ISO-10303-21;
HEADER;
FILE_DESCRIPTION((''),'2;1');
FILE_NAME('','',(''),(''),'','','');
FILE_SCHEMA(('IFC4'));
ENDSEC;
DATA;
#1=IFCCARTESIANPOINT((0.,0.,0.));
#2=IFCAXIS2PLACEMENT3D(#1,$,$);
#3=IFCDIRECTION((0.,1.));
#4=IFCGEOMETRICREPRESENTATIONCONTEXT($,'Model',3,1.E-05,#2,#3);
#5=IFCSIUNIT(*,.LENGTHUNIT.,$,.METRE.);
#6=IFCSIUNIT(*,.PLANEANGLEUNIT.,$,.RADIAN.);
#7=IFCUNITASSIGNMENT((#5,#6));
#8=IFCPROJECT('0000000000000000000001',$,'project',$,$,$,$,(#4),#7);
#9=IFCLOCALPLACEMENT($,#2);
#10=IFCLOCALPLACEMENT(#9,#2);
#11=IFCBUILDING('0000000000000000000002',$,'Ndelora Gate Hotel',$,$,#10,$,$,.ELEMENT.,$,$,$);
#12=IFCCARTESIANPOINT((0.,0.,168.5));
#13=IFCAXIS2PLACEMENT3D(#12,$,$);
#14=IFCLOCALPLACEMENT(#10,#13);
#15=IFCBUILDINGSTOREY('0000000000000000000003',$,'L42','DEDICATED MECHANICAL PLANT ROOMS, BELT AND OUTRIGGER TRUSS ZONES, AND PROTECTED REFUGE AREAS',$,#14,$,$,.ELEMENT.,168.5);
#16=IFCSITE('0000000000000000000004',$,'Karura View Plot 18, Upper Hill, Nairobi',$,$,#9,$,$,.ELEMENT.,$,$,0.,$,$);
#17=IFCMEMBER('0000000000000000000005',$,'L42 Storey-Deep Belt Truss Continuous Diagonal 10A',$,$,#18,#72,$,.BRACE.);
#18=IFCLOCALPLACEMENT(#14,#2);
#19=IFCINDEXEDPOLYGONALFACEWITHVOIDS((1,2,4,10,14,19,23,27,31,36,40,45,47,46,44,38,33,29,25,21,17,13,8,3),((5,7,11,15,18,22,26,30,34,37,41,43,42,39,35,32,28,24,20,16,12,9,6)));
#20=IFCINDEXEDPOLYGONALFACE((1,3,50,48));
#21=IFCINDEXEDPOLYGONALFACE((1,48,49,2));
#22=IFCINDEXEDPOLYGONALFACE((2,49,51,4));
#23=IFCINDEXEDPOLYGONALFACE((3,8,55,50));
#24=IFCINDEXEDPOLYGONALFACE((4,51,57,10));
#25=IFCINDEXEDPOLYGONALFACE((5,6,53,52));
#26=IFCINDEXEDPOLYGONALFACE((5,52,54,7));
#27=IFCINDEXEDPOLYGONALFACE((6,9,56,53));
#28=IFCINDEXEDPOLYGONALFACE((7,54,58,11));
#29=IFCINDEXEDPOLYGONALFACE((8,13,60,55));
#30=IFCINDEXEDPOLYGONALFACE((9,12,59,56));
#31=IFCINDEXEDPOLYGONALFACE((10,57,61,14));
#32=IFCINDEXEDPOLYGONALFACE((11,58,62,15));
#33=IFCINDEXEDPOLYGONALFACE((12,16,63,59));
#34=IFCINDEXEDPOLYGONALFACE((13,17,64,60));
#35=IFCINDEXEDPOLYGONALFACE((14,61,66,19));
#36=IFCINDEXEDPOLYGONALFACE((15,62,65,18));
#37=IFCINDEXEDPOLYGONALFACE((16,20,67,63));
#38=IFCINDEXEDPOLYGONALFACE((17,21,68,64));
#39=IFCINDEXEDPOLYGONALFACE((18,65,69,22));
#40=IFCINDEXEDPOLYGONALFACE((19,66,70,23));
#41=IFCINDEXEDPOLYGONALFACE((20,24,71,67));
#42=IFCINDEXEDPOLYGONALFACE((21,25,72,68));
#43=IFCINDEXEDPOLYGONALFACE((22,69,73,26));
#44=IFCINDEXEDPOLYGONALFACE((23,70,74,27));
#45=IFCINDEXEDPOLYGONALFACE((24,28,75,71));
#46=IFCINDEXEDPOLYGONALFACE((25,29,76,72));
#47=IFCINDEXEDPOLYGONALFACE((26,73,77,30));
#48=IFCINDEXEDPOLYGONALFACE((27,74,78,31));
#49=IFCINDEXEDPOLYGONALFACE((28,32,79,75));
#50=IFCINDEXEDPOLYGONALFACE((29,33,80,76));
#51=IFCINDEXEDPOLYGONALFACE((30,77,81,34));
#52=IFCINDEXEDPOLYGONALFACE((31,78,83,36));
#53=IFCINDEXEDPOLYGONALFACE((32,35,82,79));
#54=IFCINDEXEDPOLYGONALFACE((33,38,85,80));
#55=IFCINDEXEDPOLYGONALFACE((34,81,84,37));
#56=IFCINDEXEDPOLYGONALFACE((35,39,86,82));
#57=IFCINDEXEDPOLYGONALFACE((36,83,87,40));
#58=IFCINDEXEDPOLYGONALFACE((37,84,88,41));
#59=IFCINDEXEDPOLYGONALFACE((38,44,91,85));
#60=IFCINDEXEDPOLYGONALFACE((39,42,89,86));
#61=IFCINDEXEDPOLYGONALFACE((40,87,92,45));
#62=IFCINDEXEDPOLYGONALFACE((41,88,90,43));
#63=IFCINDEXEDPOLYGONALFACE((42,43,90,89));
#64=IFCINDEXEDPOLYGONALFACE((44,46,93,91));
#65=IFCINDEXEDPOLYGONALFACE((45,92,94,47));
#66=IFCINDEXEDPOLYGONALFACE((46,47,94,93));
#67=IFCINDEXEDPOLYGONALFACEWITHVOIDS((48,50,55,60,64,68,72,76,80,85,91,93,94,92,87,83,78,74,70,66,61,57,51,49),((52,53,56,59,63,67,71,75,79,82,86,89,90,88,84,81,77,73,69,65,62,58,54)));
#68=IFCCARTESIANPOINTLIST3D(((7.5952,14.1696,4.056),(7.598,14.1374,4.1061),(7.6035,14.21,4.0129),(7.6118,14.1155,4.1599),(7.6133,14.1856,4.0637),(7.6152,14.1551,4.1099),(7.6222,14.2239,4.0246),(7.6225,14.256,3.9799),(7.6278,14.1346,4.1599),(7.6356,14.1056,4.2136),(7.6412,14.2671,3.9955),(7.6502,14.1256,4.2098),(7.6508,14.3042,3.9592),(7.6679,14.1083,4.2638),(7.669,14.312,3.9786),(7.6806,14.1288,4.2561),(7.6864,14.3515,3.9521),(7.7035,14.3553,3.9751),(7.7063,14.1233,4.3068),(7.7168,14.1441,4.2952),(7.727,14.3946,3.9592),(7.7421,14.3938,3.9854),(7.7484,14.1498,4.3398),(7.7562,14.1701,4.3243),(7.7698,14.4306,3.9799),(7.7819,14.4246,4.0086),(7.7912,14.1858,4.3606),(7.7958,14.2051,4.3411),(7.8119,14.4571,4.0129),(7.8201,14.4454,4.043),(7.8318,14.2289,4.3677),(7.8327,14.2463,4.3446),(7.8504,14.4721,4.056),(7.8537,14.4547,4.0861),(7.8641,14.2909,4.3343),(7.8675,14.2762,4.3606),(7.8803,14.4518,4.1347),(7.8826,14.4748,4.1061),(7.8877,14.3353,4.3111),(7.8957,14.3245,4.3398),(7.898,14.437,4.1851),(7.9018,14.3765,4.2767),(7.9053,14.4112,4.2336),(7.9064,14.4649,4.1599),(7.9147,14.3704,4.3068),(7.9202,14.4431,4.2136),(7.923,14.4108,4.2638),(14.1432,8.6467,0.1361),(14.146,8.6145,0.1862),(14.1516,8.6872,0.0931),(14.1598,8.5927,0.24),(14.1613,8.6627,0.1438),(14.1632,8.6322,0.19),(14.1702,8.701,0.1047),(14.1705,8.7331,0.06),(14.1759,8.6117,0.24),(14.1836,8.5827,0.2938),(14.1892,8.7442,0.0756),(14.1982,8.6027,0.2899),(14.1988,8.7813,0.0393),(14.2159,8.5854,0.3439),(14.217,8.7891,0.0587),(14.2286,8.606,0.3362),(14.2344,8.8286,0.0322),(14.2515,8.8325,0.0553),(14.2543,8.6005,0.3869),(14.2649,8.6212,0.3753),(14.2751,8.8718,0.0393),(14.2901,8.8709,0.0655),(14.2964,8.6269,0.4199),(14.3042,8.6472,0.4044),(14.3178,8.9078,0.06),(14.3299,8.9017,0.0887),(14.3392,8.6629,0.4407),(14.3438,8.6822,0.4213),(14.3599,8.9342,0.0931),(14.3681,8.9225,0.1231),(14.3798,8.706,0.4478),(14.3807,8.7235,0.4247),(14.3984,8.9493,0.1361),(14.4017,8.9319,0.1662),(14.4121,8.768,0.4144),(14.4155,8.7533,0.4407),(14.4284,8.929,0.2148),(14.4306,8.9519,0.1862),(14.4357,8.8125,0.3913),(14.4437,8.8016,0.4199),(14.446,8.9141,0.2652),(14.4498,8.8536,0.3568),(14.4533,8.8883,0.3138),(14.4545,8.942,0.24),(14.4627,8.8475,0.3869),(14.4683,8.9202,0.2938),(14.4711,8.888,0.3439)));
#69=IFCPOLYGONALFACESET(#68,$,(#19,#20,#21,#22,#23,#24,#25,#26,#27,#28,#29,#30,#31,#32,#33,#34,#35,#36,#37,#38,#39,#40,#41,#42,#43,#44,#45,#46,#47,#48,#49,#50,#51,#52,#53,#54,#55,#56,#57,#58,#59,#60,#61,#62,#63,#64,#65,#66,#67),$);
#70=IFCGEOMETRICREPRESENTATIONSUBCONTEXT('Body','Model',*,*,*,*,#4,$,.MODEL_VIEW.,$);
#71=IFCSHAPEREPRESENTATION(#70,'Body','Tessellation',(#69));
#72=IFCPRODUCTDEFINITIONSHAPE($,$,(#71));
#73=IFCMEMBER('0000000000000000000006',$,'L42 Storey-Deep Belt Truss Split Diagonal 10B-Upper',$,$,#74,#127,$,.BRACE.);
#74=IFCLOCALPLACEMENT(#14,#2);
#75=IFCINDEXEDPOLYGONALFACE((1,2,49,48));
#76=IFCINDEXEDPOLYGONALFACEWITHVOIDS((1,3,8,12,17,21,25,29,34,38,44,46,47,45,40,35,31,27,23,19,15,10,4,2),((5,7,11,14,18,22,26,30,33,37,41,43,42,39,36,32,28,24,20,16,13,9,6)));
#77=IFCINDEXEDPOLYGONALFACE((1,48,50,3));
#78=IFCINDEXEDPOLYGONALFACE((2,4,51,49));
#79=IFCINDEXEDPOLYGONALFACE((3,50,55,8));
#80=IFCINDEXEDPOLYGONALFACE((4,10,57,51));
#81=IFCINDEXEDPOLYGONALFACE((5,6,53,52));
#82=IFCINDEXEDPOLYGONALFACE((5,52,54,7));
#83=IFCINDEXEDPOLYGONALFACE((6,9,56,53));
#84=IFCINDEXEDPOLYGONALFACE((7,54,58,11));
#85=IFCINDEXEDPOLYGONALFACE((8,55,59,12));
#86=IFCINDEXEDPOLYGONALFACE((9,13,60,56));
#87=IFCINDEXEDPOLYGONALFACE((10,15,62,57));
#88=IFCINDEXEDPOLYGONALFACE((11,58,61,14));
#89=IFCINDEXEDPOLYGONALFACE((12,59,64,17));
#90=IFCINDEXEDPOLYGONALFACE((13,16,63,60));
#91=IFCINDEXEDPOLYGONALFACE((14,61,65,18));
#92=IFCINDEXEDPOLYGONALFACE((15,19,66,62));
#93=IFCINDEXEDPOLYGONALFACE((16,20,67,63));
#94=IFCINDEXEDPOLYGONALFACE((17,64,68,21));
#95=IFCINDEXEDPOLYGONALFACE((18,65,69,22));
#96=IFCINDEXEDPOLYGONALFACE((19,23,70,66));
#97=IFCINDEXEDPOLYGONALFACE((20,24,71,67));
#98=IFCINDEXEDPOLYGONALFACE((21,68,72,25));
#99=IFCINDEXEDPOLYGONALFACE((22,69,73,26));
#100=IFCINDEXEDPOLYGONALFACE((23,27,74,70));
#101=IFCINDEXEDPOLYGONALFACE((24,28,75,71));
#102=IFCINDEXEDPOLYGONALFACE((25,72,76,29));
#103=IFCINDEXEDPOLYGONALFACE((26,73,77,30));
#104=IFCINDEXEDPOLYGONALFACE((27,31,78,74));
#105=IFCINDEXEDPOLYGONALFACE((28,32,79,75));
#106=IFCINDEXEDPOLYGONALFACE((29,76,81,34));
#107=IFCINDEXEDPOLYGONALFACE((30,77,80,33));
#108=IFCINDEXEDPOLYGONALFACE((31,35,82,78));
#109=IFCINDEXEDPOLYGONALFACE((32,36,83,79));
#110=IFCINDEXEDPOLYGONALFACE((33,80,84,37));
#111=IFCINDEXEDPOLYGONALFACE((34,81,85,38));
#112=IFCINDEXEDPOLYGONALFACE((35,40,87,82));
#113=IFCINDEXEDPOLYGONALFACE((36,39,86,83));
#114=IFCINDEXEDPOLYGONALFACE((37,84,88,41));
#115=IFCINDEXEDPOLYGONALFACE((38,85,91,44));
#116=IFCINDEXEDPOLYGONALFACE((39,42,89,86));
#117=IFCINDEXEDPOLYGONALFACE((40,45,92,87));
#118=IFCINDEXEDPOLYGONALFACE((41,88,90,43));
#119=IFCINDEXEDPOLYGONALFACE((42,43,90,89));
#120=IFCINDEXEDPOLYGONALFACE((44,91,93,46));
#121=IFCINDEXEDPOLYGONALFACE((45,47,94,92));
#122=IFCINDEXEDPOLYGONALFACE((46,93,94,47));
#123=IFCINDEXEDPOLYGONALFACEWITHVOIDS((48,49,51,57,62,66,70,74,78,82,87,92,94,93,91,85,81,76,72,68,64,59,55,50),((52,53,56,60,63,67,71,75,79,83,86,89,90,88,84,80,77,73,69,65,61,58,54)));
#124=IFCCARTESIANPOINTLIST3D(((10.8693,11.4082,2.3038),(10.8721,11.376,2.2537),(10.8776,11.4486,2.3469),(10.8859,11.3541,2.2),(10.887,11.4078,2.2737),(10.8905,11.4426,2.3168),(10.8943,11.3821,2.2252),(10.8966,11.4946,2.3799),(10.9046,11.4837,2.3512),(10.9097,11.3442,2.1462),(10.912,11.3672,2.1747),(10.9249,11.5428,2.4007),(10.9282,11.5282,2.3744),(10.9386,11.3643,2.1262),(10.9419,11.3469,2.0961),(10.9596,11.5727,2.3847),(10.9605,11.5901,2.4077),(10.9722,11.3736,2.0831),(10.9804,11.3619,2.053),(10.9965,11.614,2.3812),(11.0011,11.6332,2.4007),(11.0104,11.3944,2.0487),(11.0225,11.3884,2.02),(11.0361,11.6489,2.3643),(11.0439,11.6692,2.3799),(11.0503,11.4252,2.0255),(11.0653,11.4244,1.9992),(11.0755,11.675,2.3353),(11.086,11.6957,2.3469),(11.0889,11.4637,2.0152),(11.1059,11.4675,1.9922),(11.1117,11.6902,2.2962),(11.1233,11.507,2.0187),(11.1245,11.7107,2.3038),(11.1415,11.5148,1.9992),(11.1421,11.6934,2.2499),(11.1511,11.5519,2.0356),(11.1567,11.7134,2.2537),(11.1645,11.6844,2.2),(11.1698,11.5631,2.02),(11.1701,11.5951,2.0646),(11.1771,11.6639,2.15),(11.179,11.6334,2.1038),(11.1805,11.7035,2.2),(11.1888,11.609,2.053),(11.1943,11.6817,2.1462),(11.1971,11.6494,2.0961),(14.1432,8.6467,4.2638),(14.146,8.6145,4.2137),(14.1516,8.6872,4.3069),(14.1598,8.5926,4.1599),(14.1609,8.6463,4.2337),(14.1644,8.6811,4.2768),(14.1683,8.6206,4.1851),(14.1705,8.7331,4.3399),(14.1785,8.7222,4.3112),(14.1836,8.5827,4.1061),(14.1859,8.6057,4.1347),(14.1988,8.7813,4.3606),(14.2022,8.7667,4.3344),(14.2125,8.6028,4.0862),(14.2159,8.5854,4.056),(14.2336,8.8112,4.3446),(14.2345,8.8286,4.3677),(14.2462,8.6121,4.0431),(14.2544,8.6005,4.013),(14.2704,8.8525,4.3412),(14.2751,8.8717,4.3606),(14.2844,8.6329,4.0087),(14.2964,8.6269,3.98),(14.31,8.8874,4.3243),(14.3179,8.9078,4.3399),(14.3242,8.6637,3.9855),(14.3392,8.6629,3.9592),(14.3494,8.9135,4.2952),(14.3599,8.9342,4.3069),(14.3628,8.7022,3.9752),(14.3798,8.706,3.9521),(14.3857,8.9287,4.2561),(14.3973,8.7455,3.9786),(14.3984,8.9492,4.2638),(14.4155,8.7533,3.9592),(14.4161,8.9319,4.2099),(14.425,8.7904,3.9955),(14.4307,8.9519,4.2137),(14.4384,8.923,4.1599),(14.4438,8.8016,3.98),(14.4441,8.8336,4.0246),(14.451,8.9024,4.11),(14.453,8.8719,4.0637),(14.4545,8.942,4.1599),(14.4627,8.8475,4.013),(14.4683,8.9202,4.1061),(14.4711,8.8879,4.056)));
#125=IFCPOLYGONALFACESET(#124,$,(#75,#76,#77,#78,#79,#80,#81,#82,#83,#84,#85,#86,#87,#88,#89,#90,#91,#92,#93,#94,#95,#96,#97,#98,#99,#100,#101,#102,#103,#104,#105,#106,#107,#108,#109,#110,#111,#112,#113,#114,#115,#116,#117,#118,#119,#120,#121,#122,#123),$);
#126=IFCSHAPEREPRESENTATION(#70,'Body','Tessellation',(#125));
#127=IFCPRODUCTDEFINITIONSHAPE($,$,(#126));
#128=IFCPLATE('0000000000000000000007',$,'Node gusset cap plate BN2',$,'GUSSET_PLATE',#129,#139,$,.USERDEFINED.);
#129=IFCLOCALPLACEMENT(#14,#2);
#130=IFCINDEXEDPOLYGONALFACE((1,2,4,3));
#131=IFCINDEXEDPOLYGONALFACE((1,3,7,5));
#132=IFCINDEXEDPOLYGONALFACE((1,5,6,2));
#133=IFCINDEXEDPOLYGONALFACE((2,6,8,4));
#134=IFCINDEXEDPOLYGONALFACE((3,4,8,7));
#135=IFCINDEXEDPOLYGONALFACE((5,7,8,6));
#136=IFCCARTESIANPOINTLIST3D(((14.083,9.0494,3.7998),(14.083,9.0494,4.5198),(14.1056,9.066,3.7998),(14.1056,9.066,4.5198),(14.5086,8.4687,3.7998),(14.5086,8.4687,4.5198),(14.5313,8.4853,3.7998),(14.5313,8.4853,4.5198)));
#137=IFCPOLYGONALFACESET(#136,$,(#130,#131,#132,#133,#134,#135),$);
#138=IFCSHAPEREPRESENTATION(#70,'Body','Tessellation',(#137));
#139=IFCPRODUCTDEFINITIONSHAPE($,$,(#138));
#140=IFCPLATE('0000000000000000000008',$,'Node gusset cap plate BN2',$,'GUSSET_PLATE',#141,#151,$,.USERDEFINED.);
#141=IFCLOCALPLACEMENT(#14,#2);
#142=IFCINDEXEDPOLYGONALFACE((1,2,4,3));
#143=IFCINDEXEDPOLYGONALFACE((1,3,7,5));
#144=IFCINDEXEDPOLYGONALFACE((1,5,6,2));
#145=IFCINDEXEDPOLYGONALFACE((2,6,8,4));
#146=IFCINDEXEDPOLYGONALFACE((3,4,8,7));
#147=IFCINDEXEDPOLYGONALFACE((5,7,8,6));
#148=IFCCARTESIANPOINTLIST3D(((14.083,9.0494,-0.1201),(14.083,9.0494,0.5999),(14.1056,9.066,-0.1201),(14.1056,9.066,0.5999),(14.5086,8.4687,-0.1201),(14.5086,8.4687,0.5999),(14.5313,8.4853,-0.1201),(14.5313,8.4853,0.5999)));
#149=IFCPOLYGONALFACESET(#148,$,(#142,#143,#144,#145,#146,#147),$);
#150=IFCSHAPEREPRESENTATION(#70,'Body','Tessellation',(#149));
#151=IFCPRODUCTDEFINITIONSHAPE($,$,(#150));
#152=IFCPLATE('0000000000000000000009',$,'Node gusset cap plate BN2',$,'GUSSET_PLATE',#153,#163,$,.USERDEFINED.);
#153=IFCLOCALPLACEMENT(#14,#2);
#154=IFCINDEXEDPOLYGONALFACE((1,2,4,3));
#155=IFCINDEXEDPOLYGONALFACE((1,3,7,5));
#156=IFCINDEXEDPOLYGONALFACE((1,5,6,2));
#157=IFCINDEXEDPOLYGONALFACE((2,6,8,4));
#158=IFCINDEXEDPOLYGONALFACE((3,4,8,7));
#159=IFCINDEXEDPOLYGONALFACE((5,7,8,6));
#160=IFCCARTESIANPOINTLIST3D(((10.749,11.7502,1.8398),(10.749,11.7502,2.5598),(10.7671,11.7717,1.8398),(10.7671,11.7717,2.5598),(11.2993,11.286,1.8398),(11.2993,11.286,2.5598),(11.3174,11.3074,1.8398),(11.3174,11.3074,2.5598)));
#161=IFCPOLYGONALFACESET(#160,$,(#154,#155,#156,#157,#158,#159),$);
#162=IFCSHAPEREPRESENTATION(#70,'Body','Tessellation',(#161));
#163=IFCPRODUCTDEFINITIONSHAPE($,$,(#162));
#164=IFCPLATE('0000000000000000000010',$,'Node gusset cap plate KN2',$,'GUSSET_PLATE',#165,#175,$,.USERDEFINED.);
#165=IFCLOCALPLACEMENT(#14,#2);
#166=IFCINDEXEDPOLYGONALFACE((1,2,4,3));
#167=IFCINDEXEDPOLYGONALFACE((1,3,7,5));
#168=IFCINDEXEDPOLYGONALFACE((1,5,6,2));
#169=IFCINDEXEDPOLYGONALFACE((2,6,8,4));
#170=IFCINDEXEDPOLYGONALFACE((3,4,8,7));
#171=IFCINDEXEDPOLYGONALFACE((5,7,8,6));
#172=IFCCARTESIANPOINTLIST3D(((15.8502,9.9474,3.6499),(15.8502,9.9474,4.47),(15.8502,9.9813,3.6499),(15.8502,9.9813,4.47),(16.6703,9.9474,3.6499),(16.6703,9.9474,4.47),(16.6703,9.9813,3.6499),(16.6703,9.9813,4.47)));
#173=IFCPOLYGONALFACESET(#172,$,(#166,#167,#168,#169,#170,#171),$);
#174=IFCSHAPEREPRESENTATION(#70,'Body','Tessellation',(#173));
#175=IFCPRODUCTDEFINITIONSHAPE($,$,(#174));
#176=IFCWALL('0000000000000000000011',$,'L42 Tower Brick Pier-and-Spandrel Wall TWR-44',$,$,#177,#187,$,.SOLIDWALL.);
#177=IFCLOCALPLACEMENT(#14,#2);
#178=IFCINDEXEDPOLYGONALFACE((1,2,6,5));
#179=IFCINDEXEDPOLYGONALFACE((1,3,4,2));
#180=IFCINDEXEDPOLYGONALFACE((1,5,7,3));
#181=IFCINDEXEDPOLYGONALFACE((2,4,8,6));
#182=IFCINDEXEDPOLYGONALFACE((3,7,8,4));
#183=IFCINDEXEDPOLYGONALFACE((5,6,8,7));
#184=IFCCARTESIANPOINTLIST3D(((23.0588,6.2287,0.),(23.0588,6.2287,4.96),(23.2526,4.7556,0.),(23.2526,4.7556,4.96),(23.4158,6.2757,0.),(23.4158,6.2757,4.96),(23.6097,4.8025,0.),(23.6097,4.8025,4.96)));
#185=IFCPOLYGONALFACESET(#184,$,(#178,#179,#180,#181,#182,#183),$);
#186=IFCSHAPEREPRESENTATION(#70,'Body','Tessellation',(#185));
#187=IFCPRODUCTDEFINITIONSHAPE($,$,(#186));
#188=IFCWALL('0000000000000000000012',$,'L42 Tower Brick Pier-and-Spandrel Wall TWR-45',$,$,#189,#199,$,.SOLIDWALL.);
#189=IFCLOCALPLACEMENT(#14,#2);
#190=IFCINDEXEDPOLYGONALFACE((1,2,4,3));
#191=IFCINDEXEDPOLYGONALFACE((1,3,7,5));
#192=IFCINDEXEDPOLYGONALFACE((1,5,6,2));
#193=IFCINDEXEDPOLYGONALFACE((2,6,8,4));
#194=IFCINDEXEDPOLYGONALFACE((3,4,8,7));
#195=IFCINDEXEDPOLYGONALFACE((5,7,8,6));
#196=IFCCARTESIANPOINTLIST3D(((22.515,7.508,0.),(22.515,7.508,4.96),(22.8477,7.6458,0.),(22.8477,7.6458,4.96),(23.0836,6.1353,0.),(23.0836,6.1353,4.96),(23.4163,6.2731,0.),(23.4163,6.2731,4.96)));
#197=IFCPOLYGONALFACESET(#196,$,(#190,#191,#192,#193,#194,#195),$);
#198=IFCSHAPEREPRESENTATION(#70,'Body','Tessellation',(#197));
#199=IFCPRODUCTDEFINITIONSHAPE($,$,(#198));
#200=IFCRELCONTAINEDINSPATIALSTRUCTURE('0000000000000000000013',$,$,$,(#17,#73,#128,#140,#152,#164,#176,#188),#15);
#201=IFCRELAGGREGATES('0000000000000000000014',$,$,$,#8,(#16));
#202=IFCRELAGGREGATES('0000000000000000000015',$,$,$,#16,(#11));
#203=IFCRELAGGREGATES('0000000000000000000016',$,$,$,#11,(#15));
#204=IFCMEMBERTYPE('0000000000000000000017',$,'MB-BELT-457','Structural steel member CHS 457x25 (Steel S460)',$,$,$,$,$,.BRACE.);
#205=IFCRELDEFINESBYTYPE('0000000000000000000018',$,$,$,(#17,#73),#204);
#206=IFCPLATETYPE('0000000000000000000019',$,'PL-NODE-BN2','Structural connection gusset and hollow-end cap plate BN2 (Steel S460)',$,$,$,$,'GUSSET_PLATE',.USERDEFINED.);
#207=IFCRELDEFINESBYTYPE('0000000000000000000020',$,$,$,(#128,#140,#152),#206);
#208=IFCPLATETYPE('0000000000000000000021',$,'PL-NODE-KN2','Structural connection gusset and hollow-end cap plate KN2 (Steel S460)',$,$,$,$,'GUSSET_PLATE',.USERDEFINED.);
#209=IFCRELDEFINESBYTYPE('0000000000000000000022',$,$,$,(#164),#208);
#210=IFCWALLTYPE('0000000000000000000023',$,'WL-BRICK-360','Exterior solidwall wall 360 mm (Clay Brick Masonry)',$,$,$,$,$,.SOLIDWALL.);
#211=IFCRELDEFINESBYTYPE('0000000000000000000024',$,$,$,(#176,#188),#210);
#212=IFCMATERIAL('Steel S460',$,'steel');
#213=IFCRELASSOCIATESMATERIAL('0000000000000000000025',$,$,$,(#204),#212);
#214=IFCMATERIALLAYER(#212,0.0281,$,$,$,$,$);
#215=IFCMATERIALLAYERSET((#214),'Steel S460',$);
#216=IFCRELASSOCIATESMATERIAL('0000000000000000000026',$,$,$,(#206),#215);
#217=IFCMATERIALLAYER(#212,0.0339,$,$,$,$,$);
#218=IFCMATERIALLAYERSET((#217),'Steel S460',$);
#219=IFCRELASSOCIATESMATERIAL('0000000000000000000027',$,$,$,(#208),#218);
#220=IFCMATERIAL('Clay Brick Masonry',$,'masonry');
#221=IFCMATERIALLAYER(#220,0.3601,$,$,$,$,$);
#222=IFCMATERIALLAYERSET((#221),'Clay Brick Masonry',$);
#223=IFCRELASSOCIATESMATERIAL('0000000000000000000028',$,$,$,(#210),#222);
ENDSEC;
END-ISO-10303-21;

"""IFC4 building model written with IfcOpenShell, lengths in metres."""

from ifc_helpers import new_model, si_unit, direction, frame, frame_2d, origin, origin_2d, place, context, subcontext, project, spatial, rectangle, hollow_circle, extrude, material, layer, layer_set, material_profile, profile_set, type_object, element, save


model = new_model("IFC4")

# Units and contexts
model_context = context("Model", 3, precision=1e-05, world=origin(), true_north=direction((0.0, 1.0)))
body_context = subcontext(model_context, "Body", "Model", "MODEL_VIEW")
ifc_project = project(units=[si_unit("LENGTHUNIT", "METRE"), si_unit("PLANEANGLEUNIT", "RADIAN")], contexts=[model_context])

# Site, building, storey
site_placement = place(None, origin())
site = spatial("IfcSite", under=ifc_project, at=site_placement, Name="Karura View Plot 18, Upper Hill, Nairobi", CompositionType="ELEMENT", RefElevation=0.0)
building_placement = place(site_placement, origin())
building = spatial("IfcBuilding", under=site, at=building_placement, Name="Ndelora Gate Hotel", CompositionType="ELEMENT")
storey_placement = place(building_placement, frame((0.0, 0.0, 168.5)))
storey = spatial("IfcBuildingStorey", under=building, at=storey_placement, Name="L42", Description="DEDICATED MECHANICAL PLANT ROOMS, BELT AND OUTRIGGER TRUSS ZONES, AND PROTECTED REFUGE AREAS", CompositionType="ELEMENT", Elevation=168.5)

# Shared definitions
ifc_material_1 = material(Name="Steel S460", Category="steel")

# Members
ifc_material_profile_1 = material_profile(ifc_material_1, hollow_circle(Radius=0.2285, WallThickness=0.0249, at=origin_2d()), Name="CHS 457x25")
ifc_profile_set_1 = profile_set([ifc_material_profile_1], Name="Steel S460")
member_type = type_object("IfcMemberType", Name="MB-BELT-457", Description="Structural steel member CHS 457x25 (Steel S460)", PredefinedType="BRACE", material=ifc_profile_set_1)
member_1_placement = place(storey_placement, frame((14.3071, 8.7673, 0.24), z_axis=(-0.695088, 0.586268, 0.416104), x_axis=(-0.644734, -0.764407, 0.0)))
element("IfcMember", 1, at=member_1_placement, inside=storey, type_object=member_type, Name="L42 Storey-Deep Belt Truss Continuous Diagonal 10A", PredefinedType="BRACE", context=body_context, shape_type="SweptSolid", body=[
    extrude(hollow_circle(Radius=0.2285, WallThickness=0.0249, at=origin_2d()), origin(), (0.0, 0.0, 1.0), 9.4204),
])
member_2_placement = place(storey_placement, frame((11.0332, 11.5288, 2.2), z_axis=(0.695075, -0.586278, 0.416112), x_axis=(0.644748, 0.764395, 0.0)))
element("IfcMember", 2, at=member_2_placement, inside=storey, type_object=member_type, Name="L42 Storey-Deep Belt Truss Split Diagonal 10B-Upper", PredefinedType="BRACE", context=body_context, shape_type="SweptSolid", body=[
    extrude(hollow_circle(Radius=0.2285, WallThickness=0.0249, at=origin_2d()), origin(), (0.0, 0.0, 1.0), 4.7102),
])

# Plates
ifc_layer_1 = layer(ifc_material_1, 0.0281)
ifc_layer_set_1 = layer_set([ifc_layer_1], Name="Steel S460")
plate_type_1 = type_object("IfcPlateType", Name="PL-NODE-BN2", Description="Structural connection gusset and hollow-end cap plate BN2 (Steel S460)", ElementType="GUSSET_PLATE", PredefinedType="USERDEFINED", material=ifc_layer_set_1)
for number, where, z_axis, x_axis, name in (
    (3, (14.3071, 8.7673, 3.7998), (0.0, 0.0, 1.0), (-0.591169, 0.806548, 0.0), "Node gusset cap plate BN2"),
    (4, (14.3071, 8.7673, -0.1201), (0.0, 0.0, 1.0), (-0.591169, 0.806548, 0.0), "Node gusset cap plate BN2"),
    (5, (11.0332, 11.5288, 1.8398), (0.0, 0.0, 1.0), (-0.764359, 0.644791, 0.0), "Node gusset cap plate BN2"),
):
    element("IfcPlate", number, at=place(storey_placement, frame(where, z_axis=z_axis, x_axis=x_axis)), inside=storey, type_object=plate_type_1, Name=name, ObjectType="GUSSET_PLATE", PredefinedType="USERDEFINED", context=body_context, shape_type="SweptSolid", body=[
        extrude(rectangle(XDim=0.72, YDim=0.0281, at=origin_2d()), origin(), (0.0, 0.0, 1.0), 0.72),
    ])
ifc_layer_2 = layer(ifc_material_1, 0.0339)
ifc_layer_set_2 = layer_set([ifc_layer_2], Name="Steel S460")
plate_type_2 = type_object("IfcPlateType", Name="PL-NODE-KN2", Description="Structural connection gusset and hollow-end cap plate KN2 (Steel S460)", ElementType="GUSSET_PLATE", PredefinedType="USERDEFINED", material=ifc_layer_set_2)
plate_placement = place(storey_placement, frame((16.2603, 9.9644, 3.6499), z_axis=(0.0, 0.0, 1.0), x_axis=(1.0, 0.0, 0.0)))
element("IfcPlate", 6, at=plate_placement, inside=storey, type_object=plate_type_2, Name="Node gusset cap plate KN2", ObjectType="GUSSET_PLATE", PredefinedType="USERDEFINED", context=body_context, shape_type="SweptSolid", body=[
    extrude(rectangle(XDim=0.8201, YDim=0.0339, at=origin_2d()), origin(), (0.0, 0.0, 1.0), 0.8201),
])

# Walls
ifc_material_2 = material(Name="Clay Brick Masonry", Category="masonry")
ifc_layer_3 = layer(ifc_material_2, 0.3601)
ifc_layer_set_3 = layer_set([ifc_layer_3], Name="Clay Brick Masonry")
wall_type_1 = type_object("IfcWallType", Name="WL-BRICK-360", Description="Exterior solidwall wall 360 mm (Clay Brick Masonry)", PredefinedType="SOLIDWALL", material=ifc_layer_set_3)
for number, where, z_axis, x_axis, name in (
    (7, (23.2373, 6.2522, 0.0), (0.0, 0.0, 1.0), (0.130463, -0.991453, 0.0), "L42 Tower Brick Pier-and-Spandrel Wall TWR-44"),
    (8, (22.6814, 7.5769, 0.0), (0.0, 0.0, 1.0), (0.382666, -0.923887, 0.0), "L42 Tower Brick Pier-and-Spandrel Wall TWR-45"),
):
    element("IfcWall", number, at=place(storey_placement, frame(where, z_axis=z_axis, x_axis=x_axis)), inside=storey, type_object=wall_type_1, Name=name, PredefinedType="SOLIDWALL", context=body_context, shape_type="SweptSolid", body=[
        extrude(rectangle(XDim=1.4858, YDim=0.3601, at=frame_2d((0.7429, 0.0))), origin(), (0.0, 0.0, 1.0), 4.96),
    ])

save(model, "model.ifc")
